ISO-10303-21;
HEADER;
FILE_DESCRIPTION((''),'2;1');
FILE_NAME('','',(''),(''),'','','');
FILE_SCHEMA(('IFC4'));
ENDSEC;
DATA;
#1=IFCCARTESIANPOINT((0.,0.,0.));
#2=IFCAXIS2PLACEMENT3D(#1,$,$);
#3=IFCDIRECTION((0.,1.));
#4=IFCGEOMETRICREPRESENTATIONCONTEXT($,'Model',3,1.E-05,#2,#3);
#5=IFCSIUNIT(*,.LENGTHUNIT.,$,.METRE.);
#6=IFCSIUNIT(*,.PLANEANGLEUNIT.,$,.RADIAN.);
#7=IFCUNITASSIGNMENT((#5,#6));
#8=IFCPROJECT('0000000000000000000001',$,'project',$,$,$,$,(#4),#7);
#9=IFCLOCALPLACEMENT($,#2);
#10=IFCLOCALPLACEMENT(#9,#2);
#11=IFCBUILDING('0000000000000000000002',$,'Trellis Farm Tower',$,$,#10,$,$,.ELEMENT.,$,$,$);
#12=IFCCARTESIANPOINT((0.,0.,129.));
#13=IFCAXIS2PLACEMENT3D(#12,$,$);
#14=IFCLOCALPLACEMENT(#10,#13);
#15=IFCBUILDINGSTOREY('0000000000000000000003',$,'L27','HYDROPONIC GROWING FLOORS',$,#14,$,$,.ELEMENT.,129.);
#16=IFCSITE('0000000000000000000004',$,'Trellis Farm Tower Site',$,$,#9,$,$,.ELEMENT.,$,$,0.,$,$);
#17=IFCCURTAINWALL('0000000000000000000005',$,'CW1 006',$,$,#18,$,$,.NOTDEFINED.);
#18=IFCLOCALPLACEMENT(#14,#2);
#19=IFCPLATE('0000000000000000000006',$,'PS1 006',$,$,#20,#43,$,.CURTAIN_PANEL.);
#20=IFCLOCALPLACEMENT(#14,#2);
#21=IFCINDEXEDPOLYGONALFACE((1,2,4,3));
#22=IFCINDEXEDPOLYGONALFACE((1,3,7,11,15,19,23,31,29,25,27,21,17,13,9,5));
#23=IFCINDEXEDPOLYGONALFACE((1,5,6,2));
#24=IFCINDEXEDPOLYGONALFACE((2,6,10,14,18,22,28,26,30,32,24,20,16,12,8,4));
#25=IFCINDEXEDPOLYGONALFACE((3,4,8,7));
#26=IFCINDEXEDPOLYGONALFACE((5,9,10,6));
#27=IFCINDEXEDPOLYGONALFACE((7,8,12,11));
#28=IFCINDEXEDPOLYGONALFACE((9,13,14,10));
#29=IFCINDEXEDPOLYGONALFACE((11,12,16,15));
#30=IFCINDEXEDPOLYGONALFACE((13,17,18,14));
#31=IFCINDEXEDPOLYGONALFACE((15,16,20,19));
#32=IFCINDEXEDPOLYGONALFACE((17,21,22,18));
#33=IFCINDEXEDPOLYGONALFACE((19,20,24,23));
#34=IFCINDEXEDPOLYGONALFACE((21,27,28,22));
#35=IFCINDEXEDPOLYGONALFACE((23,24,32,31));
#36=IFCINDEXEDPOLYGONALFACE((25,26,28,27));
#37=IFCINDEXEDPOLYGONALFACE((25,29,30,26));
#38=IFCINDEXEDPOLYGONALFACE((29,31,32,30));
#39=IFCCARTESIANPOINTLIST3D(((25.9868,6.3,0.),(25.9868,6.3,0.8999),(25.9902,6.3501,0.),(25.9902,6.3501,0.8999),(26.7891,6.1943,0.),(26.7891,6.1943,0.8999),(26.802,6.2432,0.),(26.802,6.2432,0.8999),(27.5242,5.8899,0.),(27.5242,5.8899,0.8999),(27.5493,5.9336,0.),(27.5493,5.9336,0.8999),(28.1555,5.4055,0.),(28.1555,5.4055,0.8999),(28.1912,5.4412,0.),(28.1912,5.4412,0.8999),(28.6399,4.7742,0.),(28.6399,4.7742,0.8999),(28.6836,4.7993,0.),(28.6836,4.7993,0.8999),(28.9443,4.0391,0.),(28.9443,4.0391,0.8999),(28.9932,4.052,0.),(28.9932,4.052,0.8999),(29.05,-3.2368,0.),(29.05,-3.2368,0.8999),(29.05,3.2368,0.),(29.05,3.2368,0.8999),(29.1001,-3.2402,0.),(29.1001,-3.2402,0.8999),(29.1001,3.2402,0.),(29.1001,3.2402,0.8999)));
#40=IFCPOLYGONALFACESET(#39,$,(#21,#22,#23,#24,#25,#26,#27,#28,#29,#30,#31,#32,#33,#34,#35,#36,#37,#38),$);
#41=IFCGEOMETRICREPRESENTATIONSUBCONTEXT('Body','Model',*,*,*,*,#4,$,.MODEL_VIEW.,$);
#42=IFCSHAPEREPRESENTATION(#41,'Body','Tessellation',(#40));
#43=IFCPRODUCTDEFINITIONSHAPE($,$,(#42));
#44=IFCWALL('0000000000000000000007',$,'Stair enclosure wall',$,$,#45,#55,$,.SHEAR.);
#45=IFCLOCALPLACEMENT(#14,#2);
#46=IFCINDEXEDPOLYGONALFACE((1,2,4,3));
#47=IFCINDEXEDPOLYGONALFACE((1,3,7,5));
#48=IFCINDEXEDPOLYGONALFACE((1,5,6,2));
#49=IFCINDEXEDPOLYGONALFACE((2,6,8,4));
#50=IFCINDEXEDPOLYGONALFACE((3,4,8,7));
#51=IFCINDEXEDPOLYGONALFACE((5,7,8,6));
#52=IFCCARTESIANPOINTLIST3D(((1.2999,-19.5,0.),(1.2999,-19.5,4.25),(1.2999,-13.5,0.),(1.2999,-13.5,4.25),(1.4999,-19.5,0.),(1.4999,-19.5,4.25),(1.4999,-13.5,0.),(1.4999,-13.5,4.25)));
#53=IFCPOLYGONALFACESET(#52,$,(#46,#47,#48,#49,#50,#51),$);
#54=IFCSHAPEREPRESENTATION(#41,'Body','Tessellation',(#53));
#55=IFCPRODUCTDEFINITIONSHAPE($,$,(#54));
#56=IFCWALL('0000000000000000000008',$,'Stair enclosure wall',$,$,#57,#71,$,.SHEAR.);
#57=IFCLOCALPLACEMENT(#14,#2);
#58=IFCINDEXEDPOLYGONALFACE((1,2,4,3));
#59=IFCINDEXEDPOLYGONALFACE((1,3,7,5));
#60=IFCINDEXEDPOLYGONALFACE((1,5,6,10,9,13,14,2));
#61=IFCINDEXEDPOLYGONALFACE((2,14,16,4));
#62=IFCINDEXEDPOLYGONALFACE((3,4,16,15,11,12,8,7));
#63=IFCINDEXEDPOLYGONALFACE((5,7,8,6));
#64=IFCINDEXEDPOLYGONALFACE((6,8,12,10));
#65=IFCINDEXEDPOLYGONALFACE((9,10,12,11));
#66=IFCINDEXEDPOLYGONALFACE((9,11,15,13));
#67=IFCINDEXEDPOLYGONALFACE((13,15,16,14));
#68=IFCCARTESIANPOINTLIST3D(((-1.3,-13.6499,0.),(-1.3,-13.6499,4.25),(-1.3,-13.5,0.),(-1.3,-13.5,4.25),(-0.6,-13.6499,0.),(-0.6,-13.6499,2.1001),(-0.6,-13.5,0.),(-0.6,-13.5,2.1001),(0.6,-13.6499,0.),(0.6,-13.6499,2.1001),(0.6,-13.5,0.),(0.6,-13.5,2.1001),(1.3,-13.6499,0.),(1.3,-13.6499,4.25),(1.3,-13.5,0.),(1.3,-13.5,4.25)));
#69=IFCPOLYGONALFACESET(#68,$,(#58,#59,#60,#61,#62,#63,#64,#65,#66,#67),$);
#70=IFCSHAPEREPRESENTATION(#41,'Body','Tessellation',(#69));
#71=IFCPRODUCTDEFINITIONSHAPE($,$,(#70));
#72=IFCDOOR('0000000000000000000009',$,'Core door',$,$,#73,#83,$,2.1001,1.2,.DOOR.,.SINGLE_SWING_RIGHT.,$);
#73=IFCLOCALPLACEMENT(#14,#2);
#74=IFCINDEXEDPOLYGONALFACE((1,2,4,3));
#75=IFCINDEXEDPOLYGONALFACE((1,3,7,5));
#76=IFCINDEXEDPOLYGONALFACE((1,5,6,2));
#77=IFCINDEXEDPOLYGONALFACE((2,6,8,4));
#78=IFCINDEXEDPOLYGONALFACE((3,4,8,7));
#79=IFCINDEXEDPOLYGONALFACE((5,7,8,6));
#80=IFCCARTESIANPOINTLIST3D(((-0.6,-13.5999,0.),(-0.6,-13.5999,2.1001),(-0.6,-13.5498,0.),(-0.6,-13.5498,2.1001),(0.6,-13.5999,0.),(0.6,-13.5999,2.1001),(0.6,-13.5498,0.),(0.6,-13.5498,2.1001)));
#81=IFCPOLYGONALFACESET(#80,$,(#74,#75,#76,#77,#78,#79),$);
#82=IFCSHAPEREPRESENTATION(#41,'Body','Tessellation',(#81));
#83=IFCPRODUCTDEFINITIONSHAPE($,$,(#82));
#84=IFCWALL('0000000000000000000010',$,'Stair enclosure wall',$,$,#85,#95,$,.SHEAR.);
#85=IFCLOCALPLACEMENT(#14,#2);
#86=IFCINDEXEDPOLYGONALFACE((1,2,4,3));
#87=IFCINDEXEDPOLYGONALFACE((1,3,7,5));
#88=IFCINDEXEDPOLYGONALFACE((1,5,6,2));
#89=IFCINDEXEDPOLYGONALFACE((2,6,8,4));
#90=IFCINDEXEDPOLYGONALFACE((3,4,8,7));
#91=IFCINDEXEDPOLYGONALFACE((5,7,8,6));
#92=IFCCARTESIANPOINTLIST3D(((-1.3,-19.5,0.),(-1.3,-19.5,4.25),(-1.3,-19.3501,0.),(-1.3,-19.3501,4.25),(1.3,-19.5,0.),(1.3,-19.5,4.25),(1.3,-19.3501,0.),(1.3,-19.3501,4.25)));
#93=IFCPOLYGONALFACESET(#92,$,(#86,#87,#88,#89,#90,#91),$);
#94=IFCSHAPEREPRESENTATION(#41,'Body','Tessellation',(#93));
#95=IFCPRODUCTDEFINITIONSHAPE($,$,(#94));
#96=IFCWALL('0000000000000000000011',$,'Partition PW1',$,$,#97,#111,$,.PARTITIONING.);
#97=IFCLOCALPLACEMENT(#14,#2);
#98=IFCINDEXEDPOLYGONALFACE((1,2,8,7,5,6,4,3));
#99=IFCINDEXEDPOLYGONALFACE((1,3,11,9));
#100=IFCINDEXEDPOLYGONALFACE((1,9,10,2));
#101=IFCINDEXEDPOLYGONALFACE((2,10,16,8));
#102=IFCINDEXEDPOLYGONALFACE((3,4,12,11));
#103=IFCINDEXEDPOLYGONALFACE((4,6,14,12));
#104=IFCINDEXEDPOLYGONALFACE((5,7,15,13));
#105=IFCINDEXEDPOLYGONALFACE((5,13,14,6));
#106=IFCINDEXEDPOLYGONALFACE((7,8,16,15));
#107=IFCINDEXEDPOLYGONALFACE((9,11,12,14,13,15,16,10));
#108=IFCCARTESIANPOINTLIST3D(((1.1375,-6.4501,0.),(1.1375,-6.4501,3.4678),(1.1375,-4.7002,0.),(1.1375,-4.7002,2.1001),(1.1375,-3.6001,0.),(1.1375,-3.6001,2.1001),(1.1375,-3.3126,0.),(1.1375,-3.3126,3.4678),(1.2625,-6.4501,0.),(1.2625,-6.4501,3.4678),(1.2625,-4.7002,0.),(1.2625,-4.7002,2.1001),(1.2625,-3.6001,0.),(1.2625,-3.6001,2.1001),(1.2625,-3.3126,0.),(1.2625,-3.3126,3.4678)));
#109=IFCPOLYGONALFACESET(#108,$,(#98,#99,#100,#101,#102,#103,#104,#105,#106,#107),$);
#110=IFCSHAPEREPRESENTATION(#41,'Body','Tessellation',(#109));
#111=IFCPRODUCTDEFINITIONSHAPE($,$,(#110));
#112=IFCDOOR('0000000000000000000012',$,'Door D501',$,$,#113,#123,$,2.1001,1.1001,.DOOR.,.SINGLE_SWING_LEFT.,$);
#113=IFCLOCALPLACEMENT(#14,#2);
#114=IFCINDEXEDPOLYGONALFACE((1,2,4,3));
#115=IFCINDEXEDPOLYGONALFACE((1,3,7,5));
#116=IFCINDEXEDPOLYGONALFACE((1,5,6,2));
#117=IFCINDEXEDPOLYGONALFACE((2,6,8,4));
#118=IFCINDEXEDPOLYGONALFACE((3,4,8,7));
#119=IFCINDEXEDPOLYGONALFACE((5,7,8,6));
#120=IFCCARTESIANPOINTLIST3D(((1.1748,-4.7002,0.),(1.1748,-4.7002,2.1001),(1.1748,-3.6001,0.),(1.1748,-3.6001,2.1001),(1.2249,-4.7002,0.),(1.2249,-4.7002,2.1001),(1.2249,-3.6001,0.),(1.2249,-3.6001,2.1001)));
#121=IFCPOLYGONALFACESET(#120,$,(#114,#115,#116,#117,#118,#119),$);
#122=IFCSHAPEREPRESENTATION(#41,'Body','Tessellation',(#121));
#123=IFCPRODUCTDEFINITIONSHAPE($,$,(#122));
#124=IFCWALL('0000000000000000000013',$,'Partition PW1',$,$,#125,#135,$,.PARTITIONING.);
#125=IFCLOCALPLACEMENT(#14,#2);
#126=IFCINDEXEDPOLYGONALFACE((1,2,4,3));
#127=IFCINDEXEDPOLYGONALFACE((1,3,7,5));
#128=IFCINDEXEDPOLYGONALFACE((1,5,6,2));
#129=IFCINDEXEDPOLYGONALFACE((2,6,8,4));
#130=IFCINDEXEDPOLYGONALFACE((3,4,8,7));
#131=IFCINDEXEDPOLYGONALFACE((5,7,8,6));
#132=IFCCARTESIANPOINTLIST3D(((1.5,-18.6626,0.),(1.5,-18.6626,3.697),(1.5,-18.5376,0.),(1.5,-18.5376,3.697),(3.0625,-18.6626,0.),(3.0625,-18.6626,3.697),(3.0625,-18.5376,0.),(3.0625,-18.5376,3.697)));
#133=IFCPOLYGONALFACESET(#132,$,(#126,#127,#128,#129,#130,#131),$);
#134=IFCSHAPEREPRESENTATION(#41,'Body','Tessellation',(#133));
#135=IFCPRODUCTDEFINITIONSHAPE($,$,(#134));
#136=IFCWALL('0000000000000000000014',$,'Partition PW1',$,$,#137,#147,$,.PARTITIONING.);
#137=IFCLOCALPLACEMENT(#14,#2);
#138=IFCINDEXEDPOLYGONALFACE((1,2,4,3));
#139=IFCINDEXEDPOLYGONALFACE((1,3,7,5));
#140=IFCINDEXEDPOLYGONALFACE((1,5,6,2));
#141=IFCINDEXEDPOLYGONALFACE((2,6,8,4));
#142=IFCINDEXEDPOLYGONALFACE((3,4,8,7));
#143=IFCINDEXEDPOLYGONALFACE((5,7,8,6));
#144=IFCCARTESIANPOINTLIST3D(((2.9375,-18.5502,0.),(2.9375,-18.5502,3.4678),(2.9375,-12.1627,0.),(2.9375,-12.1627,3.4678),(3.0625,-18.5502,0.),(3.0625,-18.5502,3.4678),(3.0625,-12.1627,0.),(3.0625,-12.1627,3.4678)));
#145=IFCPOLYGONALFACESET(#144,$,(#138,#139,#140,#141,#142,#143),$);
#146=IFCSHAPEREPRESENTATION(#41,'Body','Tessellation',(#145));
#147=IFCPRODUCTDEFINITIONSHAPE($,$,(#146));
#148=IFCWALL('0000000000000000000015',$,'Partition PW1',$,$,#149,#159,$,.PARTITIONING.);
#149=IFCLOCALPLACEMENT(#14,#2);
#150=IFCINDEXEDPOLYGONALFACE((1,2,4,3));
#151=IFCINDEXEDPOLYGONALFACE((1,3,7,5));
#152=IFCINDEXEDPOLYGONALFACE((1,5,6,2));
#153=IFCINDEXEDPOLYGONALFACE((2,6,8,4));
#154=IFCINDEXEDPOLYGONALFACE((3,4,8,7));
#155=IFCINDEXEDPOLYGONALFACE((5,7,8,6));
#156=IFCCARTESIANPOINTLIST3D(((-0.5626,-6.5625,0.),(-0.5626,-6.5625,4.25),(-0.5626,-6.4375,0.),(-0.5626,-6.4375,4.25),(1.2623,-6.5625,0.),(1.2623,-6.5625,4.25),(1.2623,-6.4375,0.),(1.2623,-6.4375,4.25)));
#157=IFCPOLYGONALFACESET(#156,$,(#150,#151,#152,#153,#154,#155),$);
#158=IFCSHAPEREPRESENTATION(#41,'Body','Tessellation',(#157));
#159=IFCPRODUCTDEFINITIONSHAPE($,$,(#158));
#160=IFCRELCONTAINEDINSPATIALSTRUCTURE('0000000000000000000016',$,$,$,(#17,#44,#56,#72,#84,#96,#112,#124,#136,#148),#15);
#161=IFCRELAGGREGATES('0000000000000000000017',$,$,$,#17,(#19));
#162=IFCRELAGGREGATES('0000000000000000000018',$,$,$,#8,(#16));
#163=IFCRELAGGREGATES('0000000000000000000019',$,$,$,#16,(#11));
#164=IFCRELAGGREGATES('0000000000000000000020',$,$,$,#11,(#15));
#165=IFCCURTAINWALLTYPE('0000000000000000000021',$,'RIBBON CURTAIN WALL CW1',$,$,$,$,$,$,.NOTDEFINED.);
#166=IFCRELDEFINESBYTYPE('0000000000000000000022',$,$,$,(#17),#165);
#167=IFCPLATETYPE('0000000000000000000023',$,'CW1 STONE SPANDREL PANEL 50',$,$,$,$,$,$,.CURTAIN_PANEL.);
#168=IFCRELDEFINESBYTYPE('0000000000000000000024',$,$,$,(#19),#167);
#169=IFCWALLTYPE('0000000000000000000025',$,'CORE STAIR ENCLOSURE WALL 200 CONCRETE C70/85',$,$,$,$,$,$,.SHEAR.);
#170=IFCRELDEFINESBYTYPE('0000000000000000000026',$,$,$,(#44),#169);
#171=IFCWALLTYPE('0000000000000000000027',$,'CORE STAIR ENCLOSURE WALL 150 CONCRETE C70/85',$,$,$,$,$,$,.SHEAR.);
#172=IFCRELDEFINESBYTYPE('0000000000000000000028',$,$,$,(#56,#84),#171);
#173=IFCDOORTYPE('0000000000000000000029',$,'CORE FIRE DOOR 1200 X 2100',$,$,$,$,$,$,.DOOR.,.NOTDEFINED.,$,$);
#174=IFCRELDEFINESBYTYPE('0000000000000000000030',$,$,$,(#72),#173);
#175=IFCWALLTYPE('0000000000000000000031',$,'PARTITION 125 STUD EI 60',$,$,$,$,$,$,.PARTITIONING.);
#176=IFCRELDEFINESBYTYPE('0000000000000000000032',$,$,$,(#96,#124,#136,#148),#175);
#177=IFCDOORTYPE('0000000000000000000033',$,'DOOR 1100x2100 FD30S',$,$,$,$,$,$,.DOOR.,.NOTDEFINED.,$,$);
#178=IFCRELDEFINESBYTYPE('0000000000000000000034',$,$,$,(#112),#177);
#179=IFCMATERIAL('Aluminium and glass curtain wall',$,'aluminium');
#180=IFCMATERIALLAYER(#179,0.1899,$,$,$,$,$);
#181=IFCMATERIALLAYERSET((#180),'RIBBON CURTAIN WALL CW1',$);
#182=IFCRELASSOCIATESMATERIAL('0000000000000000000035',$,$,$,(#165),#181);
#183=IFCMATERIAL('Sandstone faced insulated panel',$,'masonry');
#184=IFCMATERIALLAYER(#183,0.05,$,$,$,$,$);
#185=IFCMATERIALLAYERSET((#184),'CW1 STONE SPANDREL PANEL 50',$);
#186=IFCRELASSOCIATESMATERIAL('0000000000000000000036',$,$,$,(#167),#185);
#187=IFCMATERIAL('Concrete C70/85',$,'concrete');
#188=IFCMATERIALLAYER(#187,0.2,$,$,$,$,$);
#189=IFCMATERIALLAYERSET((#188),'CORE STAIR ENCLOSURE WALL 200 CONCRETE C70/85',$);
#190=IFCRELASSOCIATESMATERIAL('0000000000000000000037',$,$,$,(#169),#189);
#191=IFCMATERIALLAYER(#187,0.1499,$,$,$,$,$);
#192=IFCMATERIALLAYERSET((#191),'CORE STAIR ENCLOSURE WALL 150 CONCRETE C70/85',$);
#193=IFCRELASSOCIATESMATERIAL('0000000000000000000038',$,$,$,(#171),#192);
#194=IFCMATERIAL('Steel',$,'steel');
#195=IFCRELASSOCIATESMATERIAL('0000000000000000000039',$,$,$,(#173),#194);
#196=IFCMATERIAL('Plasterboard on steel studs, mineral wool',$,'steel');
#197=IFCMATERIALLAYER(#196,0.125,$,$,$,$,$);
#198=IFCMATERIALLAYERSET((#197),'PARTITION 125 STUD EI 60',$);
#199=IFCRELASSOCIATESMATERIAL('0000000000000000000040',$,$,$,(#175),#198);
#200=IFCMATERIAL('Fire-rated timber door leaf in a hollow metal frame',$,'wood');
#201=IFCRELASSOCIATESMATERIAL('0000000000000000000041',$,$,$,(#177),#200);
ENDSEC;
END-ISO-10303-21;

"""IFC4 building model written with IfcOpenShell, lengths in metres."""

from ifc_helpers import new_model, si_unit, direction, frame, frame_2d, origin, place, context, subcontext, project, spatial, polyline, rectangle, outline, extrude, source, transform, mapped, material, layer, layer_set, type_object, element, fill, aggregate, save


model = new_model("IFC4")

# Units and contexts
model_context = context("Model", 3, precision=1e-05, world=origin(), true_north=direction((0.0, 1.0)))
body_context = subcontext(model_context, "Body", "Model", "MODEL_VIEW")
ifc_project = project(units=[si_unit("LENGTHUNIT", "METRE"), si_unit("PLANEANGLEUNIT", "RADIAN")], contexts=[model_context])

# Site, building, storey
site_placement = place(None, origin())
site = spatial("IfcSite", under=ifc_project, at=site_placement, Name="Trellis Farm Tower Site", CompositionType="ELEMENT", RefElevation=0.0)
building_placement = place(site_placement, origin())
building = spatial("IfcBuilding", under=site, at=building_placement, Name="Trellis Farm Tower", CompositionType="ELEMENT")
storey_placement = place(building_placement, frame((0.0, 0.0, 129.0)))
storey = spatial("IfcBuildingStorey", under=building, at=storey_placement, Name="L27", Description="HYDROPONIC GROWING FLOORS", CompositionType="ELEMENT", Elevation=129.0)

# Shared definitions
ifc_material_1 = material(Name="Aluminium and glass curtain wall", Category="aluminium")
ifc_layer_1 = layer(ifc_material_1, 0.1899)
ifc_layer_set_1 = layer_set([ifc_layer_1], Name="RIBBON CURTAIN WALL CW1")
curtain_wall_type = type_object("IfcCurtainWallType", Name="RIBBON CURTAIN WALL CW1", PredefinedType="NOTDEFINED", material=ifc_layer_set_1)
placement_1 = place(storey_placement, origin())

# Curtain wall, plate
curtain_wall_1 = element("IfcCurtainWall", 1, at=placement_1, inside=storey, type_object=curtain_wall_type, Name="CW1 006", PredefinedType="NOTDEFINED")
ifc_material_2 = material(Name="Sandstone faced insulated panel", Category="masonry")
ifc_layer_2 = layer(ifc_material_2, 0.05)
ifc_layer_set_2 = layer_set([ifc_layer_2], Name="CW1 STONE SPANDREL PANEL 50")
plate_type_1 = type_object("IfcPlateType", Name="CW1 STONE SPANDREL PANEL 50", PredefinedType="CURTAIN_PANEL", material=ifc_layer_set_2)
shared_shape_1 = source(origin(), body_context, "Body", "SweptSolid", [
    extrude(outline(polyline([(29.1001, -3.2402), (29.1001, 3.2402), (28.9932, 4.052), (28.6836, 4.7993), (28.1912, 5.4412), (27.5493, 5.9336), (26.802, 6.2432), (25.9902, 6.3501), (25.9868, 6.3), (26.7891, 6.1943), (27.5242, 5.8899), (28.1555, 5.4055), (28.6399, 4.7742), (28.9443, 4.0391), (29.05, 3.2368), (29.05, -3.2368), (29.1001, -3.2402)])), origin(), (0.0, 0.0, 1.0), 0.8999),
])
plate_1 = element("IfcPlate", 2, at=placement_1, type_object=plate_type_1, Name="PS1 006", PredefinedType="CURTAIN_PANEL", context=body_context, shape_type="MappedRepresentation", body=[
    mapped(shared_shape_1, transform((0.0, 0.0, 0.0))),
])
aggregate(curtain_wall_1, [plate_1])

# Wall
ifc_material_3 = material(Name="Concrete C70/85", Category="concrete")
ifc_layer_3 = layer(ifc_material_3, 0.2)
ifc_layer_set_3 = layer_set([ifc_layer_3], Name="CORE STAIR ENCLOSURE WALL 200 CONCRETE C70/85")
wall_type_1 = type_object("IfcWallType", Name="CORE STAIR ENCLOSURE WALL 200 CONCRETE C70/85", PredefinedType="SHEAR", material=ifc_layer_set_3)
shared_shape_2 = source(origin(), body_context, "Body", "SweptSolid", [
    extrude(rectangle(XDim=6.0, YDim=0.2, at=frame_2d((3.0, 0.0))), origin(), (0.0, 0.0, 1.0), 4.25),
])
wall_1_placement = place(storey_placement, frame((1.3999, -13.5, 0.0), z_axis=(0.0, 0.0, 1.0), x_axis=(0.0, -1.0, 0.0)))
element("IfcWall", 3, at=wall_1_placement, inside=storey, type_object=wall_type_1, Name="Stair enclosure wall", PredefinedType="SHEAR", context=body_context, shape_type="MappedRepresentation", body=[
    mapped(shared_shape_2, transform((0.0, 0.0, 0.0))),
])

# Wall, opening, door
ifc_layer_4 = layer(ifc_material_3, 0.1499)
ifc_layer_set_4 = layer_set([ifc_layer_4], Name="CORE STAIR ENCLOSURE WALL 150 CONCRETE C70/85")
wall_type_2 = type_object("IfcWallType", Name="CORE STAIR ENCLOSURE WALL 150 CONCRETE C70/85", PredefinedType="SHEAR", material=ifc_layer_set_4)
shared_shape_3 = source(origin(), body_context, "Body", "SweptSolid", [
    extrude(rectangle(XDim=2.6001, YDim=0.1499, at=frame_2d((1.3, 0.0))), origin(), (0.0, 0.0, 1.0), 4.25),
])
wall_2_placement = place(storey_placement, frame((1.3, -13.575, 0.0), z_axis=(0.0, 0.0, 1.0), x_axis=(-1.0, 0.0, 0.0)))
wall_2 = element("IfcWall", 4, at=wall_2_placement, inside=storey, type_object=wall_type_2, Name="Stair enclosure wall", PredefinedType="SHEAR", context=body_context, shape_type="MappedRepresentation", body=[
    mapped(shared_shape_3, transform((0.0, 0.0, 0.0))),
])
shared_shape_4 = source(origin(), body_context, "Body", "SweptSolid", [
    extrude(rectangle(XDim=1.2, YDim=2.1001, at=frame_2d((0.6001, 1.05))), frame((0.0, 0.085, 0.0), z_axis=(0.0, -1.0, 0.0), x_axis=(1.0, 0.0, 0.0)), (0.0, 0.0, 1.0), 0.1699),
])
opening_1_placement = place(wall_2_placement, frame((0.7, 0.0, 0.0)))
opening_1 = element("IfcOpeningElement", 5, at=opening_1_placement, cuts=wall_2, PredefinedType="OPENING", context=body_context, shape_type="MappedRepresentation", body=[
    mapped(shared_shape_4, transform((0.0, 0.0, 0.0))),
])
ifc_material_4 = material(Name="Steel", Category="steel")
door_type_1 = type_object("IfcDoorType", Name="CORE FIRE DOOR 1200 X 2100", OperationType="NOTDEFINED", PredefinedType="DOOR", material=ifc_material_4)
shared_shape_5 = source(origin(), body_context, "Body", "SweptSolid", [
    extrude(rectangle(XDim=1.2, YDim=2.1001, at=frame_2d((0.6001, 1.05))), frame((0.0, 0.0249, 0.0), z_axis=(0.0, -1.0, 0.0), x_axis=(1.0, 0.0, 0.0)), (0.0, 0.0, 1.0), 0.05),
])
door_1_placement = place(opening_1_placement, origin())
door_1 = element("IfcDoor", 6, at=door_1_placement, inside=storey, type_object=door_type_1, Name="Core door", OperationType="SINGLE_SWING_RIGHT", OverallHeight=2.1001, OverallWidth=1.2, PredefinedType="DOOR", context=body_context, shape_type="MappedRepresentation", body=[
    mapped(shared_shape_5, transform((0.0, 0.0, 0.0))),
])
fill(opening_1, door_1)

# Wall
wall_3_placement = place(storey_placement, frame((1.3, -19.425, 0.0), z_axis=(0.0, 0.0, 1.0), x_axis=(-1.0, 0.0, 0.0)))
element("IfcWall", 7, at=wall_3_placement, inside=storey, type_object=wall_type_2, Name="Stair enclosure wall", PredefinedType="SHEAR", context=body_context, shape_type="MappedRepresentation", body=[
    mapped(shared_shape_3, transform((0.0, 0.0, 0.0))),
])

# Wall, opening, door
ifc_material_5 = material(Name="Plasterboard on steel studs, mineral wool", Category="steel")
ifc_layer_5 = layer(ifc_material_5, 0.125)
ifc_layer_set_5 = layer_set([ifc_layer_5], Name="PARTITION 125 STUD EI 60")
wall_type_3 = type_object("IfcWallType", Name="PARTITION 125 STUD EI 60", PredefinedType="PARTITIONING", material=ifc_layer_set_5)
shared_shape_6 = source(origin(), body_context, "Body", "SweptSolid", [
    extrude(rectangle(XDim=3.1375, YDim=0.125, at=frame_2d((1.5688, 0.0))), origin(), (0.0, 0.0, 1.0), 3.4678),
])
wall_4_placement = place(storey_placement, frame((1.2, -3.3125, 0.0), z_axis=(0.0, 0.0, 1.0), x_axis=(0.0, -1.0, 0.0)))
wall_4 = element("IfcWall", 8, at=wall_4_placement, inside=storey, type_object=wall_type_3, Name="Partition PW1", PredefinedType="PARTITIONING", context=body_context, shape_type="MappedRepresentation", body=[
    mapped(shared_shape_6, transform((0.0, 0.0, 0.0))),
])
shared_shape_7 = source(origin(), body_context, "Body", "SweptSolid", [
    extrude(rectangle(XDim=1.1001, YDim=2.1001, at=frame_2d((0.55, 1.05))), frame((0.0, 0.0725, 0.0), z_axis=(0.0, -1.0, 0.0), x_axis=(1.0, 0.0, 0.0)), (0.0, 0.0, 1.0), 0.145),
])
opening_2_placement = place(wall_4_placement, frame((0.2876, 0.0, 0.0)))
opening_2 = element("IfcOpeningElement", 9, at=opening_2_placement, cuts=wall_4, PredefinedType="OPENING", context=body_context, shape_type="MappedRepresentation", body=[
    mapped(shared_shape_7, transform((0.0, 0.0, 0.0))),
])
ifc_material_6 = material(Name="Fire-rated timber door leaf in a hollow metal frame", Category="wood")
door_type_2 = type_object("IfcDoorType", Name="DOOR 1100x2100 FD30S", OperationType="NOTDEFINED", PredefinedType="DOOR", material=ifc_material_6)
shared_shape_8 = source(origin(), body_context, "Body", "SweptSolid", [
    extrude(rectangle(XDim=1.1001, YDim=2.1001, at=frame_2d((0.55, 1.05))), frame((0.0, 0.0249, 0.0), z_axis=(0.0, -1.0, 0.0), x_axis=(1.0, 0.0, 0.0)), (0.0, 0.0, 1.0), 0.05),
])
door_2_placement = place(opening_2_placement, origin())
door_2 = element("IfcDoor", 10, at=door_2_placement, inside=storey, type_object=door_type_2, Name="Door D501", OperationType="SINGLE_SWING_LEFT", OverallHeight=2.1001, OverallWidth=1.1001, PredefinedType="DOOR", context=body_context, shape_type="MappedRepresentation", body=[
    mapped(shared_shape_8, transform((0.0, 0.0, 0.0))),
])
fill(opening_2, door_2)

# Walls
shared_shape_9 = source(origin(), body_context, "Body", "SweptSolid", [
    extrude(rectangle(XDim=1.5625, YDim=0.125, at=frame_2d((0.7812, 0.0))), origin(), (0.0, 0.0, 1.0), 3.697),
])
wall_5_placement = place(storey_placement, frame((3.0625, -18.6001, 0.0), z_axis=(0.0, 0.0, 1.0), x_axis=(-1.0, 0.0, 0.0)))
element("IfcWall", 11, at=wall_5_placement, inside=storey, type_object=wall_type_3, Name="Partition PW1", PredefinedType="PARTITIONING", context=body_context, shape_type="MappedRepresentation", body=[
    mapped(shared_shape_9, transform((0.0, 0.0, 0.0))),
])
shared_shape_10 = source(origin(), body_context, "Body", "SweptSolid", [
    extrude(rectangle(XDim=6.3875, YDim=0.125, at=frame_2d((3.1938, 0.0))), origin(), (0.0, 0.0, 1.0), 3.4678),
])
wall_6_placement = place(storey_placement, frame((3.0, -12.1626, 0.0), z_axis=(0.0, 0.0, 1.0), x_axis=(0.0, -1.0, 0.0)))
element("IfcWall", 12, at=wall_6_placement, inside=storey, type_object=wall_type_3, Name="Partition PW1", PredefinedType="PARTITIONING", context=body_context, shape_type="MappedRepresentation", body=[
    mapped(shared_shape_10, transform((0.0, 0.0, 0.0))),
])
shared_shape_11 = source(origin(), body_context, "Body", "SweptSolid", [
    extrude(rectangle(XDim=1.825, YDim=0.125, at=frame_2d((0.9126, 0.0))), origin(), (0.0, 0.0, 1.0), 4.25),
])
wall_7_placement = place(storey_placement, frame((1.2625, -6.5, 0.0), z_axis=(0.0, 0.0, 1.0), x_axis=(-1.0, 0.0, 0.0)))
element("IfcWall", 13, at=wall_7_placement, inside=storey, type_object=wall_type_3, Name="Partition PW1", PredefinedType="PARTITIONING", context=body_context, shape_type="MappedRepresentation", body=[
    mapped(shared_shape_11, transform((0.0, 0.0, 0.0))),
])

save(model, "model.ifc")
